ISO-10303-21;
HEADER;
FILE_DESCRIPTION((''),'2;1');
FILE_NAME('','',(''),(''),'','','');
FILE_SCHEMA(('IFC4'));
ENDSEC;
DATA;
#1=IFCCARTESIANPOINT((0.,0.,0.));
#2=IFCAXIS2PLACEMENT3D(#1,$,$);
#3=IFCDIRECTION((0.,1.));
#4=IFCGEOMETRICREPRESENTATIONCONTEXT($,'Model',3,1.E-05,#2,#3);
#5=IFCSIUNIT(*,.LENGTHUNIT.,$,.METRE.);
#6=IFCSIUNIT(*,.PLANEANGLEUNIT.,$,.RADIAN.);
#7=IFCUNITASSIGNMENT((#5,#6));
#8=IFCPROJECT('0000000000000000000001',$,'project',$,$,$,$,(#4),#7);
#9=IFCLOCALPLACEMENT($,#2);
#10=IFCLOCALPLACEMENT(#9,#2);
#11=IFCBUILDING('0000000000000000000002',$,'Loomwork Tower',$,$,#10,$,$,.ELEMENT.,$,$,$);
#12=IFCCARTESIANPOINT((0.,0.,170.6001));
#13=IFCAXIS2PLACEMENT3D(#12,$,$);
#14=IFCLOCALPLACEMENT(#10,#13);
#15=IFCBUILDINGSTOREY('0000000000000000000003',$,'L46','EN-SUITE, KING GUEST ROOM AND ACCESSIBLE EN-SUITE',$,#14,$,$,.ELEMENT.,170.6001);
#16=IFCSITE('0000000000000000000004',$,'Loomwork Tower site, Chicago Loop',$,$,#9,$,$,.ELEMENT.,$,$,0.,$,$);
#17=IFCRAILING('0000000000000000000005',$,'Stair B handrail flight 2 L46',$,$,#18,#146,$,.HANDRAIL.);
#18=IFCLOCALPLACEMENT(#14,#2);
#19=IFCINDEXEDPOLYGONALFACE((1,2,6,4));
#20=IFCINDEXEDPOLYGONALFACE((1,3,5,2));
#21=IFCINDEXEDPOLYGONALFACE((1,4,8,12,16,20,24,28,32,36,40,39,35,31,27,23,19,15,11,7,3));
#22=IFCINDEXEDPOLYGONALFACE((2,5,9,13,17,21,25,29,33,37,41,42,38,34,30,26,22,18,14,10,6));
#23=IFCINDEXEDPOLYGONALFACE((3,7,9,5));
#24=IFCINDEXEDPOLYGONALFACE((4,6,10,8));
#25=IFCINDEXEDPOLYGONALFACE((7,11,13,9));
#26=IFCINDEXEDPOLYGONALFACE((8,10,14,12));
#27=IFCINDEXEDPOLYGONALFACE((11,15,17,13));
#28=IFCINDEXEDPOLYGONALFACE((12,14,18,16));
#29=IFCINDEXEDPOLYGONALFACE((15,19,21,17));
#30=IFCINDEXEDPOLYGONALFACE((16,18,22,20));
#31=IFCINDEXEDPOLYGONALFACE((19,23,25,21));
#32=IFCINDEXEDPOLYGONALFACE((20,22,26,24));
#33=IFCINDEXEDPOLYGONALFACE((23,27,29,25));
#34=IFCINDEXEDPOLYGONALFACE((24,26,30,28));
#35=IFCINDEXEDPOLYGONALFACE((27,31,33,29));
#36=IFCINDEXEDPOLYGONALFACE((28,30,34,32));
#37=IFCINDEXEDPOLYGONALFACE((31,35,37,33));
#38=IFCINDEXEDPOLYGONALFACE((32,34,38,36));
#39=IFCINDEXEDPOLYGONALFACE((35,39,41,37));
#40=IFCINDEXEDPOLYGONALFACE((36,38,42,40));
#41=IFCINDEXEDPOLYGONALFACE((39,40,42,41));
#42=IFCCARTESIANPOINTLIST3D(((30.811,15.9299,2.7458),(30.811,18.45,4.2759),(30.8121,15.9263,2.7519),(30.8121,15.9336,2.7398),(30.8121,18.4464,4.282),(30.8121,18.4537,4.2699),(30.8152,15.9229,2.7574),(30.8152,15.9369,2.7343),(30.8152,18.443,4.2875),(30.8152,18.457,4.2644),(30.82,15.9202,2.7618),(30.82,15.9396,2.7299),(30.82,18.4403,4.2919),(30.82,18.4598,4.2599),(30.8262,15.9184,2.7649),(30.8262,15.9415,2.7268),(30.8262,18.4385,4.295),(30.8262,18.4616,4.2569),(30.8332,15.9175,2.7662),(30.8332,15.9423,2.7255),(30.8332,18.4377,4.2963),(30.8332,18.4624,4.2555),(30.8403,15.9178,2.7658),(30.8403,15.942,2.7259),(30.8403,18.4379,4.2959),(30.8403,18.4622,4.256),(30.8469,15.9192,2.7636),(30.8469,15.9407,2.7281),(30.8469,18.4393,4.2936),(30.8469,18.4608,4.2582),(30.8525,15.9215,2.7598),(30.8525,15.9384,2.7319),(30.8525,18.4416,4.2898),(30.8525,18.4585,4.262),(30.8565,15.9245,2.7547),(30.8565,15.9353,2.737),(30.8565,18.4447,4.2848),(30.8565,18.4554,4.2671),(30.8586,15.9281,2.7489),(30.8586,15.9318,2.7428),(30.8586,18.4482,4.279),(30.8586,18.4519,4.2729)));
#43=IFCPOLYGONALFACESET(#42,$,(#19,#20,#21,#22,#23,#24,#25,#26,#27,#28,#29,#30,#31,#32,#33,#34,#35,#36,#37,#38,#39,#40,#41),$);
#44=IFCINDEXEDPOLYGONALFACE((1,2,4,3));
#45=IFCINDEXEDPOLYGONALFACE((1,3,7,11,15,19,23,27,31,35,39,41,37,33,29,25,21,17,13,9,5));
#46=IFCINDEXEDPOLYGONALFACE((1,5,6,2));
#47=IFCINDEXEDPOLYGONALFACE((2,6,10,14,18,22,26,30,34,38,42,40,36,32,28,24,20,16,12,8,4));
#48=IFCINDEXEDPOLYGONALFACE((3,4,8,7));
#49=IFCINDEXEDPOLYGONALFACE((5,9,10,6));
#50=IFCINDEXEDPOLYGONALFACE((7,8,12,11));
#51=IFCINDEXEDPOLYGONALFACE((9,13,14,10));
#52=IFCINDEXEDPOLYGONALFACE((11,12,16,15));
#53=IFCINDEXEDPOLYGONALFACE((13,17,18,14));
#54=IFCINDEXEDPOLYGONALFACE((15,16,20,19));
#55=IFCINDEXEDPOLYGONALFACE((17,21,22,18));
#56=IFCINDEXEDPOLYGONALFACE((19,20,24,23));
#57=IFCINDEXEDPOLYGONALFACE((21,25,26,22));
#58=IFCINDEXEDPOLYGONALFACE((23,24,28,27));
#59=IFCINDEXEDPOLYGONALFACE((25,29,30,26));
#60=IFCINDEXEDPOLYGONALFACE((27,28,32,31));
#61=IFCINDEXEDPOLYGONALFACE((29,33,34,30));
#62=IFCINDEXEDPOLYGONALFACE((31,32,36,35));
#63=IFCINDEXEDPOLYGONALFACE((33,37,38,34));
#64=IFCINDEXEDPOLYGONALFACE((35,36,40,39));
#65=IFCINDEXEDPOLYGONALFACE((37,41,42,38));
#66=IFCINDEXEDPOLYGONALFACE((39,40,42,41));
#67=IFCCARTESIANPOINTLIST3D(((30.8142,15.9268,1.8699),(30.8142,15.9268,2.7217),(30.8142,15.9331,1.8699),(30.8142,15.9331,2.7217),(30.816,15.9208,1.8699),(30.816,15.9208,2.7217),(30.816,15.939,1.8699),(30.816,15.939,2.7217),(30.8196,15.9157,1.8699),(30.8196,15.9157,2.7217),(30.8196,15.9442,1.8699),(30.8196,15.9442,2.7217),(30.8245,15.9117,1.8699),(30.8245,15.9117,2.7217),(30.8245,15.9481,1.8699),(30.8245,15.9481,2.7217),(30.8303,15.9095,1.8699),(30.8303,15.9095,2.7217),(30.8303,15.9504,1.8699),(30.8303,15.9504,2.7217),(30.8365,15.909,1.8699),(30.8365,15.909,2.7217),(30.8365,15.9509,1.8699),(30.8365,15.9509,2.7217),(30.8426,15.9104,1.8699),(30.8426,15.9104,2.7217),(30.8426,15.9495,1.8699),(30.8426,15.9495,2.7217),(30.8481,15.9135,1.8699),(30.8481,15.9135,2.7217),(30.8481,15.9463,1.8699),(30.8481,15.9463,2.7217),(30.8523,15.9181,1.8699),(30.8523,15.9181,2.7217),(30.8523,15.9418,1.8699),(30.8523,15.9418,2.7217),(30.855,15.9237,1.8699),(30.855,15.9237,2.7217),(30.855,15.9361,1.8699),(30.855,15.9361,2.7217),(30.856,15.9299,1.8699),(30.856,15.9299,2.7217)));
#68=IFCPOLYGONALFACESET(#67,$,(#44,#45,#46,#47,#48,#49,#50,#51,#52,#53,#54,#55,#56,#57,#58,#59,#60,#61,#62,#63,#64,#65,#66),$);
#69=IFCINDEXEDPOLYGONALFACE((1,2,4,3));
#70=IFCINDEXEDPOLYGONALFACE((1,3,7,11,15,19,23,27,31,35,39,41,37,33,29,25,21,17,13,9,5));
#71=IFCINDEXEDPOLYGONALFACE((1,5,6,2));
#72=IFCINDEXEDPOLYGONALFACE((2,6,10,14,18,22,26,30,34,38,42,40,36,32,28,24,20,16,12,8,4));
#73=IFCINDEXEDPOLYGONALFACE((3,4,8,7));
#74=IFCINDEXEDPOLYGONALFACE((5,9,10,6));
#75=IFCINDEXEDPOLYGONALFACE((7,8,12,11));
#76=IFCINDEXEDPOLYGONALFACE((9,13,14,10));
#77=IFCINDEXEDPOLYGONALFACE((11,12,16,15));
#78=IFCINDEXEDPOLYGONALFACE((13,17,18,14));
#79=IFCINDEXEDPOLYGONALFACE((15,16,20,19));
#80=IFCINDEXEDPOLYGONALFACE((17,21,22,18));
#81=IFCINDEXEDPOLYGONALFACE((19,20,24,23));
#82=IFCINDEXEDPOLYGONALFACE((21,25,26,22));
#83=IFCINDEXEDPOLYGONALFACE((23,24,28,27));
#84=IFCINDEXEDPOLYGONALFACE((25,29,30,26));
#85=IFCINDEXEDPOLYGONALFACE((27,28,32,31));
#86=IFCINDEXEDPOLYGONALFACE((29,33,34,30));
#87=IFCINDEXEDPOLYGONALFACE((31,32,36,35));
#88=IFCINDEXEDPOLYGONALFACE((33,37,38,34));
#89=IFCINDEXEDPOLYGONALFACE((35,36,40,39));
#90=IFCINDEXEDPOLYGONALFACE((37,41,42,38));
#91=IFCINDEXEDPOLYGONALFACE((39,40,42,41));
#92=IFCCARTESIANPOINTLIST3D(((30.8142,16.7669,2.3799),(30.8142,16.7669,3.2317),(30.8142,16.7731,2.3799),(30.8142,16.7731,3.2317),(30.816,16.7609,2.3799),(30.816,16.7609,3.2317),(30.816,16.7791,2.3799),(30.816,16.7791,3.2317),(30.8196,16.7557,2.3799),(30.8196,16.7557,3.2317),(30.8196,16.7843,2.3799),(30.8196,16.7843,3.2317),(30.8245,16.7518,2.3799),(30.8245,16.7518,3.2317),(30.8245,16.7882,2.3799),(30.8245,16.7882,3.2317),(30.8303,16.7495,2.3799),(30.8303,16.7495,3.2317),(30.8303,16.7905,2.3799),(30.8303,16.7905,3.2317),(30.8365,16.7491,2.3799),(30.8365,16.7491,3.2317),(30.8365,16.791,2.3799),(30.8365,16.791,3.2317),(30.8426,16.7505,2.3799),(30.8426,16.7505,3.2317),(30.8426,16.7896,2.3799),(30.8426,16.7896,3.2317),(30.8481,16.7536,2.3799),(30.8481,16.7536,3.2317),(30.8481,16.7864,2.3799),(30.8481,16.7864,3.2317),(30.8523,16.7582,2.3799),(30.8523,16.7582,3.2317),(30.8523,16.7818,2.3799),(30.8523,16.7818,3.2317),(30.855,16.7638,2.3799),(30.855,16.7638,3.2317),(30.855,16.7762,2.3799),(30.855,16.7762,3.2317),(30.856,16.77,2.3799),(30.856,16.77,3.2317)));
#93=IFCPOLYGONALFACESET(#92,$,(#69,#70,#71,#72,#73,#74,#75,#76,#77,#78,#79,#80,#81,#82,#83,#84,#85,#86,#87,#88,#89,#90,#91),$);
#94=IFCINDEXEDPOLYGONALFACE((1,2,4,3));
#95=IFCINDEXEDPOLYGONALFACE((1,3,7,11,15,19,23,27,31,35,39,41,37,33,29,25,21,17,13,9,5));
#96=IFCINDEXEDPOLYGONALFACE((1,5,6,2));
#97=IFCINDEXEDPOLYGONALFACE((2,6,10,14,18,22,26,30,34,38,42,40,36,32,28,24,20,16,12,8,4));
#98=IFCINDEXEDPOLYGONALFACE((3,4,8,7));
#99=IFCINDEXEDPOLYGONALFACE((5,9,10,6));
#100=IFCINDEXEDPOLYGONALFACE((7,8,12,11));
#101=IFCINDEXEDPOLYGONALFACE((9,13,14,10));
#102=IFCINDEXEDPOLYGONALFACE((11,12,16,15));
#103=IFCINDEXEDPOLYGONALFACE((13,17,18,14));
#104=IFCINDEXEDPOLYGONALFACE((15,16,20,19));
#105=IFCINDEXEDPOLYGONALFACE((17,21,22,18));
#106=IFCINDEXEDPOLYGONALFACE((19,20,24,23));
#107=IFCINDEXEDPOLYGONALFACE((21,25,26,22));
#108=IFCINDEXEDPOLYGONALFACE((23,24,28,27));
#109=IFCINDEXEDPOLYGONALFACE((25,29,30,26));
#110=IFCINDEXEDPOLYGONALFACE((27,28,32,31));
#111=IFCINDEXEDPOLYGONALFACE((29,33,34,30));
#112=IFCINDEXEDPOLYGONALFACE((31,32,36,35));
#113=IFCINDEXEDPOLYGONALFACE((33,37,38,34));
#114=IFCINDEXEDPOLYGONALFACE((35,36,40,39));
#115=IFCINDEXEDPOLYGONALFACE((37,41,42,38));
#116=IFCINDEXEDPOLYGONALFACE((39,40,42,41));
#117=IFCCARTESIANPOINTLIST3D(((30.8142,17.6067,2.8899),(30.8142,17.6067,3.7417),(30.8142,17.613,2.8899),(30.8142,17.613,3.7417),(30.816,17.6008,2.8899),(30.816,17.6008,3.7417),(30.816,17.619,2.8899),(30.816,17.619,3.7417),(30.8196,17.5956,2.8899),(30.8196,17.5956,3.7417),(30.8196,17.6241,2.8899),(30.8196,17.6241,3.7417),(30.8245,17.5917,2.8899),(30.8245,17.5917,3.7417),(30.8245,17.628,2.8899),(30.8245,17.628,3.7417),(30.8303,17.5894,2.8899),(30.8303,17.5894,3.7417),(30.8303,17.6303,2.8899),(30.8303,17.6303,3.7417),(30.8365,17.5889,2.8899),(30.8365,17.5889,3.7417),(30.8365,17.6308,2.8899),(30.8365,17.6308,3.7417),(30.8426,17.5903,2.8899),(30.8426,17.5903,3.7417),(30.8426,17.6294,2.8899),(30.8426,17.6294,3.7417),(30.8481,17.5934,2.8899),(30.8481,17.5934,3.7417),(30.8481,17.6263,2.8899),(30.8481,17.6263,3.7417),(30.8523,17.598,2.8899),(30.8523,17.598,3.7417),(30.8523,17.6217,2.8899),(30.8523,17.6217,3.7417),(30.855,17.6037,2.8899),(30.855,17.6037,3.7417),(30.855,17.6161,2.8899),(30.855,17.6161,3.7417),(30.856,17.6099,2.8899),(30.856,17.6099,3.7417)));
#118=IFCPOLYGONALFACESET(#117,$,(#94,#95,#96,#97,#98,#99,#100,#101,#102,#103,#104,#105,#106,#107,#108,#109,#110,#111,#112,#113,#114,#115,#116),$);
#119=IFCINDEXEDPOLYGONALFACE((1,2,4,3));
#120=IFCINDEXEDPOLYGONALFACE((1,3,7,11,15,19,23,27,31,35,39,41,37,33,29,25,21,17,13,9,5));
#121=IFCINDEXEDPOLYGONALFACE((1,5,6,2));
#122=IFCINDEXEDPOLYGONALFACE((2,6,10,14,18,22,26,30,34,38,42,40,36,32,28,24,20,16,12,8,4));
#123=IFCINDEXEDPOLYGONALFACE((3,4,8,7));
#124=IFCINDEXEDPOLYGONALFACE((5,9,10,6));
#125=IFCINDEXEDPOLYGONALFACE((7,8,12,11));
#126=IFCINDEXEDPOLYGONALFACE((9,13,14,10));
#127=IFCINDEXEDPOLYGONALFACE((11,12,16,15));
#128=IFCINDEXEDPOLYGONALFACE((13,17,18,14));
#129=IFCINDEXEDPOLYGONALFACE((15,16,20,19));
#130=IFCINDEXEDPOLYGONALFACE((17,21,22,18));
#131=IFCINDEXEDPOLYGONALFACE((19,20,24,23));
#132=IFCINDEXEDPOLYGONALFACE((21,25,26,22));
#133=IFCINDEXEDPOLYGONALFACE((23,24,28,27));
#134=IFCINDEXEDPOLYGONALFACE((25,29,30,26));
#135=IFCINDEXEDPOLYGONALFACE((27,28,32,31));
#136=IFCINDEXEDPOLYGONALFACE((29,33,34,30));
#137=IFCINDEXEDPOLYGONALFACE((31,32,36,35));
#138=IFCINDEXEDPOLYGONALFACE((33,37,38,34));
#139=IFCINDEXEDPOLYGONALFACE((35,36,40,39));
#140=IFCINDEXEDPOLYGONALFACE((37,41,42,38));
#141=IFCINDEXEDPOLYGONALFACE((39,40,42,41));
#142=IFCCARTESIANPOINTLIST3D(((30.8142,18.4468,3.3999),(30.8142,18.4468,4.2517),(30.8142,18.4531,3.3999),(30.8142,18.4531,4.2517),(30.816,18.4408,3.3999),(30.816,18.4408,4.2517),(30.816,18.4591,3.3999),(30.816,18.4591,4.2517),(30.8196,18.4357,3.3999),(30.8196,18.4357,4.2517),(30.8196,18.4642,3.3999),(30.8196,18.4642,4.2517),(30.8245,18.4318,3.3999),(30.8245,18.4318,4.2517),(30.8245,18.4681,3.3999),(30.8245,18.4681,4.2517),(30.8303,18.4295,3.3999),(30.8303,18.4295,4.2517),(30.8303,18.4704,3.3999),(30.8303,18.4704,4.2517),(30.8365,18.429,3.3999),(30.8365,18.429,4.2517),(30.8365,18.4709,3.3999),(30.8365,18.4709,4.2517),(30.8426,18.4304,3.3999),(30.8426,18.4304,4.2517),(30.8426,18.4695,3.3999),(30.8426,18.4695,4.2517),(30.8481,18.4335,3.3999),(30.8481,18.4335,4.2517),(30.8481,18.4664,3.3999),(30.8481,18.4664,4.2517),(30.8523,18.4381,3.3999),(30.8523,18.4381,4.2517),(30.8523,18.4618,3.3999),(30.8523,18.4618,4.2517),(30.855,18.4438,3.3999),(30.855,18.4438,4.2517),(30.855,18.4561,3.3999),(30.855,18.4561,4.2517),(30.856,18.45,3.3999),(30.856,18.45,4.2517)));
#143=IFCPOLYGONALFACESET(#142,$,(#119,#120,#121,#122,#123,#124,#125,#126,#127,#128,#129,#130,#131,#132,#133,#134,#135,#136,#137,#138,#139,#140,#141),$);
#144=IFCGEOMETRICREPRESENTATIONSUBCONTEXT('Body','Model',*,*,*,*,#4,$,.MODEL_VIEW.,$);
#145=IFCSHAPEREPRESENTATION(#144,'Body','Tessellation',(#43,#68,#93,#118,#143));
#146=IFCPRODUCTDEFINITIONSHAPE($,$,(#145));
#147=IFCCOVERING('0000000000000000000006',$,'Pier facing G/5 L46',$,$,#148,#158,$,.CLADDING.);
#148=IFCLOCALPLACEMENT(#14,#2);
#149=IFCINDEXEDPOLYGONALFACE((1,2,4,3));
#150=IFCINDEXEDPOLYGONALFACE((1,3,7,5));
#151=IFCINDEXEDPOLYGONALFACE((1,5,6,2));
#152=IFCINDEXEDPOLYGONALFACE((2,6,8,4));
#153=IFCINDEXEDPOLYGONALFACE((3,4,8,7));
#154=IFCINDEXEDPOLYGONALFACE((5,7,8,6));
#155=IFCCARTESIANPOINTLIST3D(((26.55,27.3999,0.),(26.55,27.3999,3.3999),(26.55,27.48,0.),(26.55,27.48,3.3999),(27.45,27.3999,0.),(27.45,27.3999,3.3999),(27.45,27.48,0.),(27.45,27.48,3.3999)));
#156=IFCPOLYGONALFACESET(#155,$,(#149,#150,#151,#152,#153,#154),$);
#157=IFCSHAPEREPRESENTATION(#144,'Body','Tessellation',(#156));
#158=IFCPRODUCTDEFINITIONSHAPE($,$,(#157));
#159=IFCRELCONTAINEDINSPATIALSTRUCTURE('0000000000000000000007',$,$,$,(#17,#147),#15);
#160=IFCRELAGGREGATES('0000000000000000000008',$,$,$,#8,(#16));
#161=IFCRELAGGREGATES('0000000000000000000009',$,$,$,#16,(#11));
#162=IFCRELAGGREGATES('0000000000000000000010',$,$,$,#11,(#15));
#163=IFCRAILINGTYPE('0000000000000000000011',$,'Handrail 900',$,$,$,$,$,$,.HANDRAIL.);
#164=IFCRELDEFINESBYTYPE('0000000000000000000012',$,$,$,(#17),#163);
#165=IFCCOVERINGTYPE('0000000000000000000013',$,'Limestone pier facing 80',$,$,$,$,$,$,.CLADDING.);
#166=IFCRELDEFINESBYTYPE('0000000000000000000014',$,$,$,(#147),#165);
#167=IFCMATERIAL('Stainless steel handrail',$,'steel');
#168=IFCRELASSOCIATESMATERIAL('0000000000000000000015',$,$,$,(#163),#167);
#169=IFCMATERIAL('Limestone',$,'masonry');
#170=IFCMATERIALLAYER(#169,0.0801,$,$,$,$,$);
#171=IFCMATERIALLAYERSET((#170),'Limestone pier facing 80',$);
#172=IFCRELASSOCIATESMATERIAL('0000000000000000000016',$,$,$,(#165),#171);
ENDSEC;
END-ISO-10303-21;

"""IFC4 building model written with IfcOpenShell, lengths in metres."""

from ifc_helpers import new_model, si_unit, direction, frame, origin, origin_2d, place, context, subcontext, project, spatial, rectangle, circle, extrude, material, layer, layer_set, type_object, element, save


model = new_model("IFC4")

# Units and contexts
model_context = context("Model", 3, precision=1e-05, world=origin(), true_north=direction((0.0, 1.0)))
body_context = subcontext(model_context, "Body", "Model", "MODEL_VIEW")
ifc_project = project(units=[si_unit("LENGTHUNIT", "METRE"), si_unit("PLANEANGLEUNIT", "RADIAN")], contexts=[model_context])

# Site, building, storey
site_placement = place(None, origin())
site = spatial("IfcSite", under=ifc_project, at=site_placement, Name="Loomwork Tower site, Chicago Loop", CompositionType="ELEMENT", RefElevation=0.0)
building_placement = place(site_placement, origin())
building = spatial("IfcBuilding", under=site, at=building_placement, Name="Loomwork Tower", CompositionType="ELEMENT")
storey_placement = place(building_placement, frame((0.0, 0.0, 170.6001)))
storey = spatial("IfcBuildingStorey", under=building, at=storey_placement, Name="L46", Description="EN-SUITE, KING GUEST ROOM AND ACCESSIBLE EN-SUITE", CompositionType="ELEMENT", Elevation=170.6001)

# Railing
ifc_material_1 = material(Name="Stainless steel handrail", Category="steel")
railing_type = type_object("IfcRailingType", Name="Handrail 900", PredefinedType="HANDRAIL", material=ifc_material_1)
railing_placement = place(storey_placement, frame((30.835, 15.9299, 1.8699)))
element("IfcRailing", 1, at=railing_placement, inside=storey, type_object=railing_type, Name="Stair B handrail flight 2 L46", PredefinedType="HANDRAIL", context=body_context, shape_type="SweptSolid", body=[
    extrude(circle(Radius=0.0239, at=origin_2d()), frame((0.0, 0.0, 0.876), z_axis=(0.0, 0.854785, 0.518982), x_axis=(-1.0, 0.0, 0.0)), (0.0, 0.0, 1.0), 2.9482),
    extrude(circle(Radius=0.021, at=origin_2d()), origin(), (0.0, 0.0, 1.0), 0.8518),
    extrude(circle(Radius=0.021, at=origin_2d()), frame((0.0, 0.8401, 0.51)), (0.0, 0.0, 1.0), 0.8518),
    extrude(circle(Radius=0.021, at=origin_2d()), frame((0.0, 1.6799, 1.02)), (0.0, 0.0, 1.0), 0.8518),
    extrude(circle(Radius=0.021, at=origin_2d()), frame((0.0, 2.52, 1.53)), (0.0, 0.0, 1.0), 0.8518),
])

# Covering
ifc_material_2 = material(Name="Limestone", Category="masonry")
ifc_layer_1 = layer(ifc_material_2, 0.0801)
ifc_layer_set_1 = layer_set([ifc_layer_1], Name="Limestone pier facing 80")
covering_type = type_object("IfcCoveringType", Name="Limestone pier facing 80", PredefinedType="CLADDING", material=ifc_layer_set_1)
covering_placement = place(storey_placement, frame((27.0, 27.4399, 0.0), z_axis=(0.0, 0.0, 1.0), x_axis=(1.0, 0.0, 0.0)))
element("IfcCovering", 2, at=covering_placement, inside=storey, type_object=covering_type, Name="Pier facing G/5 L46", PredefinedType="CLADDING", context=body_context, shape_type="SweptSolid", body=[
    extrude(rectangle(XDim=0.8999, YDim=0.0801, at=origin_2d()), origin(), (0.0, 0.0, 1.0), 3.3999),
])

save(model, "model.ifc")
